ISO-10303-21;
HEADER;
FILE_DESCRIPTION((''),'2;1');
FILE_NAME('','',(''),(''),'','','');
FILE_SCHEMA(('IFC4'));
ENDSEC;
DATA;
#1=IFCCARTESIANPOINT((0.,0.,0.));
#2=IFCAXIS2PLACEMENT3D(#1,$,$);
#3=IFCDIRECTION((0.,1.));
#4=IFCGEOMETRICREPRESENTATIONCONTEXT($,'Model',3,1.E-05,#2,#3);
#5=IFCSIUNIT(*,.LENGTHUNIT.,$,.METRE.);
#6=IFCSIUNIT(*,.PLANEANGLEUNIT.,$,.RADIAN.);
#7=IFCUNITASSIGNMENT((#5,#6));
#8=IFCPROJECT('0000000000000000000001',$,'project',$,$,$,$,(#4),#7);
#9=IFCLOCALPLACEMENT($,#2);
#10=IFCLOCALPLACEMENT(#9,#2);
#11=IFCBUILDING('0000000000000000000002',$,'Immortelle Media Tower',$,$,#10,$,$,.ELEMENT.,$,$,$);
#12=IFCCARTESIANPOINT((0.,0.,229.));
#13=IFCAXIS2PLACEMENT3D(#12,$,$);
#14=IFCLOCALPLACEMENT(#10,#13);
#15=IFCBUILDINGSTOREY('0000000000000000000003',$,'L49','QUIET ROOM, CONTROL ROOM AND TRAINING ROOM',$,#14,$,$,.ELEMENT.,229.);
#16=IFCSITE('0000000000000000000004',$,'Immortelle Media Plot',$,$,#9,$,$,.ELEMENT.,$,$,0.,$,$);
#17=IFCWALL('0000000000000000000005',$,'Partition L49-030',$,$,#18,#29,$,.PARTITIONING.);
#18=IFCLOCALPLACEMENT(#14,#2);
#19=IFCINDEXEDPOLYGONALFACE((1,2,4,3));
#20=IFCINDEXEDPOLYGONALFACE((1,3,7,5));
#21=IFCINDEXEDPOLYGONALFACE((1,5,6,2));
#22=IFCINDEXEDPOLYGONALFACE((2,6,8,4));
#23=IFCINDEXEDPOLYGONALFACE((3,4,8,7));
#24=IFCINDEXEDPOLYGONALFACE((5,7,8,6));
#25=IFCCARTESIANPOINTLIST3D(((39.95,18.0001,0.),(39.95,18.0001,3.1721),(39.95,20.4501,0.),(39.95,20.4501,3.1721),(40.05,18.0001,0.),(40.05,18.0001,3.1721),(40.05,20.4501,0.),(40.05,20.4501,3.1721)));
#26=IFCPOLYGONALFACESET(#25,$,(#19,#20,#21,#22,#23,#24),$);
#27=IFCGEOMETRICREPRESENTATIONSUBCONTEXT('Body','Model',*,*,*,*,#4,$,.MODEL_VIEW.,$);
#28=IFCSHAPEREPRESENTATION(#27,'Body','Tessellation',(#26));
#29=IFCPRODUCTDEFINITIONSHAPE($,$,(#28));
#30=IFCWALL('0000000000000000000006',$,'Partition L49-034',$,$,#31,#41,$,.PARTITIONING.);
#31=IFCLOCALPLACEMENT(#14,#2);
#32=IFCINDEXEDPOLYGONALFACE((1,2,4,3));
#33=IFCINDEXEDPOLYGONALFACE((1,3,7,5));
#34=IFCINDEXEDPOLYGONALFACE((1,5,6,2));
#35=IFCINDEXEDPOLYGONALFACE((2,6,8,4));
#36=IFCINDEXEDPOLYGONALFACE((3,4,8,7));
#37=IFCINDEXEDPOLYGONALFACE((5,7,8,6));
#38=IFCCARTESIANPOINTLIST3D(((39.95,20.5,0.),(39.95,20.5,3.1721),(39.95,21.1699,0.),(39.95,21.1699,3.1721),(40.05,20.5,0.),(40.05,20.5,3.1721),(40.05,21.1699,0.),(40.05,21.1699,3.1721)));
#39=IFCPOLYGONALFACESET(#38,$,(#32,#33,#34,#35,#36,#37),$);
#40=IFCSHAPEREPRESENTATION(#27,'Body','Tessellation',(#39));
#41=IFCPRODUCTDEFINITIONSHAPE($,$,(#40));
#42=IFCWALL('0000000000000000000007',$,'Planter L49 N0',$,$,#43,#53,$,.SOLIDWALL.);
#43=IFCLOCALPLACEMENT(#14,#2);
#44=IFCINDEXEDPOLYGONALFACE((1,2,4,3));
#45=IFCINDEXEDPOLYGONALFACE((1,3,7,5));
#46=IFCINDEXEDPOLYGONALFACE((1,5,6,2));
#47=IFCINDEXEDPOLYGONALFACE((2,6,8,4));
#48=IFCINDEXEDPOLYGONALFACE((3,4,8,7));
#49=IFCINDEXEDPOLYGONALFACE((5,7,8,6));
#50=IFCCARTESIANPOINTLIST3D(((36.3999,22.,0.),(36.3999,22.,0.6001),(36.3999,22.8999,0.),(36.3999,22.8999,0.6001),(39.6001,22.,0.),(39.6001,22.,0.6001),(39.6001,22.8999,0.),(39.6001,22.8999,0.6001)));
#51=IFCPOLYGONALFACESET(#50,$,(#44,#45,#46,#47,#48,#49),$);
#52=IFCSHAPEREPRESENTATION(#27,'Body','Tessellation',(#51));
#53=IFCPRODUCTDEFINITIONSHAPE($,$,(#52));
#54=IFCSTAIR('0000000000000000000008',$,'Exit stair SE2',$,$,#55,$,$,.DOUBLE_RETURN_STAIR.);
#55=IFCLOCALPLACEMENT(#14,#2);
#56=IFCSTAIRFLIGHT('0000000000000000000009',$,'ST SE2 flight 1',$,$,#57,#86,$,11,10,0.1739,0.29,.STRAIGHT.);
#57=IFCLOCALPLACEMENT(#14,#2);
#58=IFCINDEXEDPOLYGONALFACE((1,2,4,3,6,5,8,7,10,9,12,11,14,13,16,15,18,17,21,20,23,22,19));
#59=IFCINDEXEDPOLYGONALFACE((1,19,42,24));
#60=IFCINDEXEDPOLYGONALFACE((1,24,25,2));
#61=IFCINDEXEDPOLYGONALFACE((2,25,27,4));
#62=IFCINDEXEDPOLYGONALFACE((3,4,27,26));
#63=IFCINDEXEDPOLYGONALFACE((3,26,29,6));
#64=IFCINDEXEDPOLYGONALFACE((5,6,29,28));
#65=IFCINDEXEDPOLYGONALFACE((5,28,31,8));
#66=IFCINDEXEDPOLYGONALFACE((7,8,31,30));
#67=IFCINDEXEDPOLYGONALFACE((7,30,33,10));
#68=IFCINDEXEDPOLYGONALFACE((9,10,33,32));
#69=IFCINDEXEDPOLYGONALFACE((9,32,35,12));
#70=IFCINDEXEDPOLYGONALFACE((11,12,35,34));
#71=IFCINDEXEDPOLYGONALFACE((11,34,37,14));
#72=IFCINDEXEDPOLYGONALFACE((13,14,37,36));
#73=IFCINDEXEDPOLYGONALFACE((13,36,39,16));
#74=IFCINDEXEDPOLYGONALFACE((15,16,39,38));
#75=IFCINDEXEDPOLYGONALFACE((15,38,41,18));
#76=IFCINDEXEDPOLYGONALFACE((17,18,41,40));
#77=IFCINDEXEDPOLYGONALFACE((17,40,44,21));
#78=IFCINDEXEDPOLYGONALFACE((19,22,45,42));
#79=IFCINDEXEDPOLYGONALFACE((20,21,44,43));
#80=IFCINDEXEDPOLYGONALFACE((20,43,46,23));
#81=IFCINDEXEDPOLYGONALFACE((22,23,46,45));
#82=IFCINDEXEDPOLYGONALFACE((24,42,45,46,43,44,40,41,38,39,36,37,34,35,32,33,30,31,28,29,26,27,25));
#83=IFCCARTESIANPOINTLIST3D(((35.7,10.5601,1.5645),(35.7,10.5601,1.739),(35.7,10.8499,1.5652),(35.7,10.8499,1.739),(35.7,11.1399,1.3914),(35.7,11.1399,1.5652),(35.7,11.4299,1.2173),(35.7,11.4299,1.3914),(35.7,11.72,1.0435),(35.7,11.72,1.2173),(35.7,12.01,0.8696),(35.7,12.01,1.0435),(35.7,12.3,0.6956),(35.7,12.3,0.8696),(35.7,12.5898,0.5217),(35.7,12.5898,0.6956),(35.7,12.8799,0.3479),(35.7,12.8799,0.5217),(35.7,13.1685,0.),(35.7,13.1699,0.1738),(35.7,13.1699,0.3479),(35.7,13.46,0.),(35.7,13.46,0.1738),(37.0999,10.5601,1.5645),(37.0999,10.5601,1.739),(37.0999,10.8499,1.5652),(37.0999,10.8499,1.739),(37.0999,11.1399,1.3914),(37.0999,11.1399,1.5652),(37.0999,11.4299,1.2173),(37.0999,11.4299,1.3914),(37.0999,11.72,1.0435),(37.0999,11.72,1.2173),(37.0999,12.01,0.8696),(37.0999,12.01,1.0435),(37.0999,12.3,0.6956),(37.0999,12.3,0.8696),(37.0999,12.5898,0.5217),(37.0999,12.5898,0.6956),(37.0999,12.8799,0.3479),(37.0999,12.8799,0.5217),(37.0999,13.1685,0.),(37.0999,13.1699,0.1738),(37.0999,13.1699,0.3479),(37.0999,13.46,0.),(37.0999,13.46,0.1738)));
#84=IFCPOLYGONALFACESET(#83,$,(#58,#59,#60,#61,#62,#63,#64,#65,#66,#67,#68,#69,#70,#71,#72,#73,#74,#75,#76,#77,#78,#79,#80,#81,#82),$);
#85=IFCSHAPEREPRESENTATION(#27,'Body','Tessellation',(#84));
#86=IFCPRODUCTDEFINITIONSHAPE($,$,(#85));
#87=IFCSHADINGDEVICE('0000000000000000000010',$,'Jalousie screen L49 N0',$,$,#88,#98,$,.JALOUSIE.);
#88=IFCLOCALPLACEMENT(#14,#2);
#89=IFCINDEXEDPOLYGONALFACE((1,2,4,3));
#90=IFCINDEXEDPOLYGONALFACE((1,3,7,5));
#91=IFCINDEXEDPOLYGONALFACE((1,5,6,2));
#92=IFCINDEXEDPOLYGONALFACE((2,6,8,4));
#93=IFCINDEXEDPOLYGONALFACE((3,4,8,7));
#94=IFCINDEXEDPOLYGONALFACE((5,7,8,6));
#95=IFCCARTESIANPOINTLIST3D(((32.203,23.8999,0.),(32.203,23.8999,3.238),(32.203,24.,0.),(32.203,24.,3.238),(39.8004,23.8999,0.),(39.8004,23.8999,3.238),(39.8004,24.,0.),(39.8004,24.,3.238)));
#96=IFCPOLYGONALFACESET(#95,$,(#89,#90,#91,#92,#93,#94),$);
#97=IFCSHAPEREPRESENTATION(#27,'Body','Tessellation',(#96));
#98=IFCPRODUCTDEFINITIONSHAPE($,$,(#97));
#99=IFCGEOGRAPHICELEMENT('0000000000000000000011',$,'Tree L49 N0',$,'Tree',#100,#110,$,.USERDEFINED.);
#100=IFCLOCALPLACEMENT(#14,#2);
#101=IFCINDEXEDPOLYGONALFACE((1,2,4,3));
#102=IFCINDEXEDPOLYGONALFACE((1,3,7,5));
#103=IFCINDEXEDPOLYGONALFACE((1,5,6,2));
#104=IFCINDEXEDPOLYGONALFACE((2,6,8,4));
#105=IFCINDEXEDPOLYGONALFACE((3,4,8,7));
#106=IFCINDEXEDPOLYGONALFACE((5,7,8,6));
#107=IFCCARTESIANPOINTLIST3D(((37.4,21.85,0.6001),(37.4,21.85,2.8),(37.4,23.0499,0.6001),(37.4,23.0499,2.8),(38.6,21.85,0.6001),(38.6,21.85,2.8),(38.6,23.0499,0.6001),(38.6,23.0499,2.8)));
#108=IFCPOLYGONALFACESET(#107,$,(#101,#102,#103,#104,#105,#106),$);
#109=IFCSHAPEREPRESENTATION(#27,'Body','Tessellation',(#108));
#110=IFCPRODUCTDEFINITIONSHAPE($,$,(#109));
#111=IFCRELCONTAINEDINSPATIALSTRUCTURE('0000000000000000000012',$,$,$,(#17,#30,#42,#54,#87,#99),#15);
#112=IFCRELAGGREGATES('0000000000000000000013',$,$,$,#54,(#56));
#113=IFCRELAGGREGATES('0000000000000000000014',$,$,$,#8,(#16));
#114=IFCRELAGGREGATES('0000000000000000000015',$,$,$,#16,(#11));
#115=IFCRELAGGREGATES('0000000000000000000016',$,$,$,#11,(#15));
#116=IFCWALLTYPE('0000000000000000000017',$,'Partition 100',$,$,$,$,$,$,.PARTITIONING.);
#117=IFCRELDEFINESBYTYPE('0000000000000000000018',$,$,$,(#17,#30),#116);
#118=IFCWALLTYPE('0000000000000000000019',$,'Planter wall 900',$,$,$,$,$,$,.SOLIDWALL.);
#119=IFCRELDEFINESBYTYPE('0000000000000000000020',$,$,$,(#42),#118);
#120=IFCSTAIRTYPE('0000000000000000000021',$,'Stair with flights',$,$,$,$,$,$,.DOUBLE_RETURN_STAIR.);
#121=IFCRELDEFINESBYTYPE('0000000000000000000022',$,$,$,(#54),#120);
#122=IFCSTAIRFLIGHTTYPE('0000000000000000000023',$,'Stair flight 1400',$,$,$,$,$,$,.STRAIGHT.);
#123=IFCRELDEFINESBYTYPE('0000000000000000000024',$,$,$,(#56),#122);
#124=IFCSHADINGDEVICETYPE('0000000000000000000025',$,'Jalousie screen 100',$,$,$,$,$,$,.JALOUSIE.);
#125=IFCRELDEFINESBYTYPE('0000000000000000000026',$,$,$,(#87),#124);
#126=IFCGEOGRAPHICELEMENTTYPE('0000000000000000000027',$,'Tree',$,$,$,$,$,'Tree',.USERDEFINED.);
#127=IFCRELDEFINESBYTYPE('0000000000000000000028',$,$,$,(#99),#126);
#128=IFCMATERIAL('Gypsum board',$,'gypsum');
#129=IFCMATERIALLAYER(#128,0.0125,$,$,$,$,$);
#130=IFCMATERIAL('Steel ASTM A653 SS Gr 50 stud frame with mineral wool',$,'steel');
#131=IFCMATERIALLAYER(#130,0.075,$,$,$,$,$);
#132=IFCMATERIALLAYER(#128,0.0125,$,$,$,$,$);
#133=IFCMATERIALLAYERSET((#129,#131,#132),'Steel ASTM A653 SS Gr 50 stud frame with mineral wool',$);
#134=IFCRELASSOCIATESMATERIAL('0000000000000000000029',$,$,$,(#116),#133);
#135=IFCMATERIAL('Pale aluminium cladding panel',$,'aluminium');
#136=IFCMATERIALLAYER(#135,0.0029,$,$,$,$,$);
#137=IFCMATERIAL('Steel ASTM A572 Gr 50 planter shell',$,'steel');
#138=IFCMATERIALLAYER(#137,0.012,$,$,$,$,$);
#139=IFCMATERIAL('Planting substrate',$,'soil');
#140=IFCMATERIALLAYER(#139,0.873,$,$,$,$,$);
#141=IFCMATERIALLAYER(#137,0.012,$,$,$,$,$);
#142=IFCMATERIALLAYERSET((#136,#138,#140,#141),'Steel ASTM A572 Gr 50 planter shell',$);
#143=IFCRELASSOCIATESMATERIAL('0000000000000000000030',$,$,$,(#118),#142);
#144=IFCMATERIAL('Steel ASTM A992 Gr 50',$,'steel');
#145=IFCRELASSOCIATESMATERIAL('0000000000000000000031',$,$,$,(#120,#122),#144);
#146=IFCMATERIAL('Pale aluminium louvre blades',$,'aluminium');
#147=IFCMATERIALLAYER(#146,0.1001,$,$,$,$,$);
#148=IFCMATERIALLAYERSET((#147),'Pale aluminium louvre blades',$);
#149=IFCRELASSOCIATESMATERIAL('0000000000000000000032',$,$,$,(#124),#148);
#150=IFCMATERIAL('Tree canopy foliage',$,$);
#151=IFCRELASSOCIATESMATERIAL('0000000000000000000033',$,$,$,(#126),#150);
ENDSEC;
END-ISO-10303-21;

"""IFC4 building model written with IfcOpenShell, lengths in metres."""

from ifc_helpers import new_model, si_unit, direction, frame, frame_2d, origin, origin_2d, place, context, subcontext, project, spatial, polyline, rectangle, outline, extrude, material, layer, layer_set, type_object, element, aggregate, save


model = new_model("IFC4")

# Units and contexts
model_context = context("Model", 3, precision=1e-05, world=origin(), true_north=direction((0.0, 1.0)))
body_context = subcontext(model_context, "Body", "Model", "MODEL_VIEW")
ifc_project = project(units=[si_unit("LENGTHUNIT", "METRE"), si_unit("PLANEANGLEUNIT", "RADIAN")], contexts=[model_context])

# Site, building, storey
site_placement = place(None, origin())
site = spatial("IfcSite", under=ifc_project, at=site_placement, Name="Immortelle Media Plot", CompositionType="ELEMENT", RefElevation=0.0)
building_placement = place(site_placement, origin())
building = spatial("IfcBuilding", under=site, at=building_placement, Name="Immortelle Media Tower", CompositionType="ELEMENT")
storey_placement = place(building_placement, frame((0.0, 0.0, 229.0)))
storey = spatial("IfcBuildingStorey", under=building, at=storey_placement, Name="L49", Description="QUIET ROOM, CONTROL ROOM AND TRAINING ROOM", CompositionType="ELEMENT", Elevation=229.0)

# Shared definitions
ifc_material_1 = material(Name="Steel ASTM A992 Gr 50", Category="steel")

# Shared definitions
ifc_material_2 = material(Name="Steel ASTM A653 SS Gr 50 stud frame with mineral wool", Category="steel")

# Shared definitions
ifc_material_3 = material(Name="Pale aluminium cladding panel", Category="aluminium")

# Walls
ifc_material_4 = material(Name="Gypsum board", Category="gypsum")
ifc_layer_1 = layer(ifc_material_4, 0.0125)
ifc_layer_2 = layer(ifc_material_2, 0.075)
ifc_layer_3 = layer(ifc_material_4, 0.0125)
ifc_layer_set_1 = layer_set([ifc_layer_1, ifc_layer_2, ifc_layer_3], Name="Steel ASTM A653 SS Gr 50 stud frame with mineral wool")
wall_type_1 = type_object("IfcWallType", Name="Partition 100", PredefinedType="PARTITIONING", material=ifc_layer_set_1)
wall_1_placement = place(storey_placement, frame((40.0, 18.0, 0.0), z_axis=(0.0, 0.0, 1.0), x_axis=(0.0, 1.0, 0.0)))
element("IfcWall", 1, at=wall_1_placement, inside=storey, type_object=wall_type_1, Name="Partition L49-030", PredefinedType="PARTITIONING", context=body_context, shape_type="SweptSolid", body=[
    extrude(rectangle(XDim=2.45, YDim=0.1001, at=frame_2d((1.2251, 0.0))), origin(), (0.0, 0.0, 1.0), 3.1721),
])
wall_2_placement = place(storey_placement, frame((40.0, 20.5, 0.0), z_axis=(0.0, 0.0, 1.0), x_axis=(0.0, 1.0, 0.0)))
element("IfcWall", 2, at=wall_2_placement, inside=storey, type_object=wall_type_1, Name="Partition L49-034", PredefinedType="PARTITIONING", context=body_context, shape_type="SweptSolid", body=[
    extrude(rectangle(XDim=0.6699, YDim=0.1001, at=frame_2d((0.335, 0.0))), origin(), (0.0, 0.0, 1.0), 3.1721),
])
ifc_layer_4 = layer(ifc_material_3, 0.0029)
ifc_material_5 = material(Name="Steel ASTM A572 Gr 50 planter shell", Category="steel")
ifc_layer_5 = layer(ifc_material_5, 0.012)
ifc_material_6 = material(Name="Planting substrate", Category="soil")
ifc_layer_6 = layer(ifc_material_6, 0.873)
ifc_layer_7 = layer(ifc_material_5, 0.012)
ifc_layer_set_2 = layer_set([ifc_layer_4, ifc_layer_5, ifc_layer_6, ifc_layer_7], Name="Steel ASTM A572 Gr 50 planter shell")
wall_type_2 = type_object("IfcWallType", Name="Planter wall 900", PredefinedType="SOLIDWALL", material=ifc_layer_set_2)
wall_3_placement = place(storey_placement, frame((39.6001, 22.45, 0.0), z_axis=(0.0, 0.0, 1.0), x_axis=(-1.0, 0.0, 0.0)))
element("IfcWall", 3, at=wall_3_placement, inside=storey, type_object=wall_type_2, Name="Planter L49 N0", PredefinedType="SOLIDWALL", context=body_context, shape_type="SweptSolid", body=[
    extrude(rectangle(XDim=3.2002, YDim=0.8999, at=frame_2d((1.6001, 0.0))), origin(), (0.0, 0.0, 1.0), 0.6001),
])

# Stair, stair flight
stair_type = type_object("IfcStairType", Name="Stair with flights", PredefinedType="DOUBLE_RETURN_STAIR", material=ifc_material_1)
stair_placement = place(storey_placement, origin())
stair = element("IfcStair", 4, at=stair_placement, inside=storey, type_object=stair_type, Name="Exit stair SE2", PredefinedType="DOUBLE_RETURN_STAIR")
stair_flight_type = type_object("IfcStairFlightType", Name="Stair flight 1400", PredefinedType="STRAIGHT", material=ifc_material_1)
stair_flight_placement = place(storey_placement, frame((36.3999, 13.46, 0.0), z_axis=(0.0, 0.0, 1.0), x_axis=(0.0, -1.0, 0.0)))
stair_flight = element("IfcStairFlight", 5, at=stair_flight_placement, type_object=stair_flight_type, Name="ST SE2 flight 1", NumberOfRisers=11, NumberOfTreads=10, PredefinedType="STRAIGHT", RiserHeight=0.1739, TreadLength=0.29, context=body_context, shape_type="SweptSolid", body=[
    extrude(outline(polyline([(0.0, 0.0), (0.0, 0.1738), (0.29, 0.1738), (0.29, 0.3479), (0.5801, 0.3479), (0.5801, 0.5217), (0.8701, 0.5217), (0.8701, 0.6956), (1.1599, 0.6956), (1.1599, 0.8696), (1.45, 0.8696), (1.45, 1.0435), (1.74, 1.0435), (1.74, 1.2173), (2.03, 1.2173), (2.03, 1.3914), (2.3201, 1.3914), (2.3201, 1.5652), (2.6101, 1.5652), (2.6101, 1.739), (2.8999, 1.739), (2.8999, 1.9131), (2.8999, 1.5645), (0.2915, 0.0), (0.0, 0.0)])), frame((0.0, 0.7, 0.0), z_axis=(0.0, -1.0, 0.0), x_axis=(1.0, 0.0, 0.0)), (0.0, 0.0, 1.0), 1.3999),
])
aggregate(stair, [stair_flight])

# Shading device
ifc_material_7 = material(Name="Pale aluminium louvre blades", Category="aluminium")
ifc_layer_8 = layer(ifc_material_7, 0.1001)
ifc_layer_set_3 = layer_set([ifc_layer_8], Name="Pale aluminium louvre blades")
shading_device_type = type_object("IfcShadingDeviceType", Name="Jalousie screen 100", PredefinedType="JALOUSIE", material=ifc_layer_set_3)
shading_device_placement = place(storey_placement, frame((36.0017, 23.95, 0.0), z_axis=(0.0, 0.0, 1.0), x_axis=(-1.0, 0.0, 0.0)))
element("IfcShadingDevice", 6, at=shading_device_placement, inside=storey, type_object=shading_device_type, Name="Jalousie screen L49 N0", PredefinedType="JALOUSIE", context=body_context, shape_type="SweptSolid", body=[
    extrude(rectangle(XDim=7.5974, YDim=0.1001, at=origin_2d()), origin(), (0.0, 0.0, 1.0), 3.238),
])

# Geographic element
ifc_material_8 = material(Name="Tree canopy foliage")
geographic_element_type = type_object("IfcGeographicElementType", Name="Tree", ElementType="Tree", PredefinedType="USERDEFINED", material=ifc_material_8)
geographic_element_placement = place(storey_placement, frame((38.0, 22.45, 0.6001), z_axis=(0.0, 0.0, 1.0), x_axis=(1.0, 0.0, 0.0)))
element("IfcGeographicElement", 7, at=geographic_element_placement, inside=storey, type_object=geographic_element_type, Name="Tree L49 N0", ObjectType="Tree", PredefinedType="USERDEFINED", context=body_context, shape_type="SweptSolid", body=[
    extrude(rectangle(XDim=1.2, YDim=1.2, at=origin_2d()), origin(), (0.0, 0.0, 1.0), 2.2),
])

save(model, "model.ifc")
